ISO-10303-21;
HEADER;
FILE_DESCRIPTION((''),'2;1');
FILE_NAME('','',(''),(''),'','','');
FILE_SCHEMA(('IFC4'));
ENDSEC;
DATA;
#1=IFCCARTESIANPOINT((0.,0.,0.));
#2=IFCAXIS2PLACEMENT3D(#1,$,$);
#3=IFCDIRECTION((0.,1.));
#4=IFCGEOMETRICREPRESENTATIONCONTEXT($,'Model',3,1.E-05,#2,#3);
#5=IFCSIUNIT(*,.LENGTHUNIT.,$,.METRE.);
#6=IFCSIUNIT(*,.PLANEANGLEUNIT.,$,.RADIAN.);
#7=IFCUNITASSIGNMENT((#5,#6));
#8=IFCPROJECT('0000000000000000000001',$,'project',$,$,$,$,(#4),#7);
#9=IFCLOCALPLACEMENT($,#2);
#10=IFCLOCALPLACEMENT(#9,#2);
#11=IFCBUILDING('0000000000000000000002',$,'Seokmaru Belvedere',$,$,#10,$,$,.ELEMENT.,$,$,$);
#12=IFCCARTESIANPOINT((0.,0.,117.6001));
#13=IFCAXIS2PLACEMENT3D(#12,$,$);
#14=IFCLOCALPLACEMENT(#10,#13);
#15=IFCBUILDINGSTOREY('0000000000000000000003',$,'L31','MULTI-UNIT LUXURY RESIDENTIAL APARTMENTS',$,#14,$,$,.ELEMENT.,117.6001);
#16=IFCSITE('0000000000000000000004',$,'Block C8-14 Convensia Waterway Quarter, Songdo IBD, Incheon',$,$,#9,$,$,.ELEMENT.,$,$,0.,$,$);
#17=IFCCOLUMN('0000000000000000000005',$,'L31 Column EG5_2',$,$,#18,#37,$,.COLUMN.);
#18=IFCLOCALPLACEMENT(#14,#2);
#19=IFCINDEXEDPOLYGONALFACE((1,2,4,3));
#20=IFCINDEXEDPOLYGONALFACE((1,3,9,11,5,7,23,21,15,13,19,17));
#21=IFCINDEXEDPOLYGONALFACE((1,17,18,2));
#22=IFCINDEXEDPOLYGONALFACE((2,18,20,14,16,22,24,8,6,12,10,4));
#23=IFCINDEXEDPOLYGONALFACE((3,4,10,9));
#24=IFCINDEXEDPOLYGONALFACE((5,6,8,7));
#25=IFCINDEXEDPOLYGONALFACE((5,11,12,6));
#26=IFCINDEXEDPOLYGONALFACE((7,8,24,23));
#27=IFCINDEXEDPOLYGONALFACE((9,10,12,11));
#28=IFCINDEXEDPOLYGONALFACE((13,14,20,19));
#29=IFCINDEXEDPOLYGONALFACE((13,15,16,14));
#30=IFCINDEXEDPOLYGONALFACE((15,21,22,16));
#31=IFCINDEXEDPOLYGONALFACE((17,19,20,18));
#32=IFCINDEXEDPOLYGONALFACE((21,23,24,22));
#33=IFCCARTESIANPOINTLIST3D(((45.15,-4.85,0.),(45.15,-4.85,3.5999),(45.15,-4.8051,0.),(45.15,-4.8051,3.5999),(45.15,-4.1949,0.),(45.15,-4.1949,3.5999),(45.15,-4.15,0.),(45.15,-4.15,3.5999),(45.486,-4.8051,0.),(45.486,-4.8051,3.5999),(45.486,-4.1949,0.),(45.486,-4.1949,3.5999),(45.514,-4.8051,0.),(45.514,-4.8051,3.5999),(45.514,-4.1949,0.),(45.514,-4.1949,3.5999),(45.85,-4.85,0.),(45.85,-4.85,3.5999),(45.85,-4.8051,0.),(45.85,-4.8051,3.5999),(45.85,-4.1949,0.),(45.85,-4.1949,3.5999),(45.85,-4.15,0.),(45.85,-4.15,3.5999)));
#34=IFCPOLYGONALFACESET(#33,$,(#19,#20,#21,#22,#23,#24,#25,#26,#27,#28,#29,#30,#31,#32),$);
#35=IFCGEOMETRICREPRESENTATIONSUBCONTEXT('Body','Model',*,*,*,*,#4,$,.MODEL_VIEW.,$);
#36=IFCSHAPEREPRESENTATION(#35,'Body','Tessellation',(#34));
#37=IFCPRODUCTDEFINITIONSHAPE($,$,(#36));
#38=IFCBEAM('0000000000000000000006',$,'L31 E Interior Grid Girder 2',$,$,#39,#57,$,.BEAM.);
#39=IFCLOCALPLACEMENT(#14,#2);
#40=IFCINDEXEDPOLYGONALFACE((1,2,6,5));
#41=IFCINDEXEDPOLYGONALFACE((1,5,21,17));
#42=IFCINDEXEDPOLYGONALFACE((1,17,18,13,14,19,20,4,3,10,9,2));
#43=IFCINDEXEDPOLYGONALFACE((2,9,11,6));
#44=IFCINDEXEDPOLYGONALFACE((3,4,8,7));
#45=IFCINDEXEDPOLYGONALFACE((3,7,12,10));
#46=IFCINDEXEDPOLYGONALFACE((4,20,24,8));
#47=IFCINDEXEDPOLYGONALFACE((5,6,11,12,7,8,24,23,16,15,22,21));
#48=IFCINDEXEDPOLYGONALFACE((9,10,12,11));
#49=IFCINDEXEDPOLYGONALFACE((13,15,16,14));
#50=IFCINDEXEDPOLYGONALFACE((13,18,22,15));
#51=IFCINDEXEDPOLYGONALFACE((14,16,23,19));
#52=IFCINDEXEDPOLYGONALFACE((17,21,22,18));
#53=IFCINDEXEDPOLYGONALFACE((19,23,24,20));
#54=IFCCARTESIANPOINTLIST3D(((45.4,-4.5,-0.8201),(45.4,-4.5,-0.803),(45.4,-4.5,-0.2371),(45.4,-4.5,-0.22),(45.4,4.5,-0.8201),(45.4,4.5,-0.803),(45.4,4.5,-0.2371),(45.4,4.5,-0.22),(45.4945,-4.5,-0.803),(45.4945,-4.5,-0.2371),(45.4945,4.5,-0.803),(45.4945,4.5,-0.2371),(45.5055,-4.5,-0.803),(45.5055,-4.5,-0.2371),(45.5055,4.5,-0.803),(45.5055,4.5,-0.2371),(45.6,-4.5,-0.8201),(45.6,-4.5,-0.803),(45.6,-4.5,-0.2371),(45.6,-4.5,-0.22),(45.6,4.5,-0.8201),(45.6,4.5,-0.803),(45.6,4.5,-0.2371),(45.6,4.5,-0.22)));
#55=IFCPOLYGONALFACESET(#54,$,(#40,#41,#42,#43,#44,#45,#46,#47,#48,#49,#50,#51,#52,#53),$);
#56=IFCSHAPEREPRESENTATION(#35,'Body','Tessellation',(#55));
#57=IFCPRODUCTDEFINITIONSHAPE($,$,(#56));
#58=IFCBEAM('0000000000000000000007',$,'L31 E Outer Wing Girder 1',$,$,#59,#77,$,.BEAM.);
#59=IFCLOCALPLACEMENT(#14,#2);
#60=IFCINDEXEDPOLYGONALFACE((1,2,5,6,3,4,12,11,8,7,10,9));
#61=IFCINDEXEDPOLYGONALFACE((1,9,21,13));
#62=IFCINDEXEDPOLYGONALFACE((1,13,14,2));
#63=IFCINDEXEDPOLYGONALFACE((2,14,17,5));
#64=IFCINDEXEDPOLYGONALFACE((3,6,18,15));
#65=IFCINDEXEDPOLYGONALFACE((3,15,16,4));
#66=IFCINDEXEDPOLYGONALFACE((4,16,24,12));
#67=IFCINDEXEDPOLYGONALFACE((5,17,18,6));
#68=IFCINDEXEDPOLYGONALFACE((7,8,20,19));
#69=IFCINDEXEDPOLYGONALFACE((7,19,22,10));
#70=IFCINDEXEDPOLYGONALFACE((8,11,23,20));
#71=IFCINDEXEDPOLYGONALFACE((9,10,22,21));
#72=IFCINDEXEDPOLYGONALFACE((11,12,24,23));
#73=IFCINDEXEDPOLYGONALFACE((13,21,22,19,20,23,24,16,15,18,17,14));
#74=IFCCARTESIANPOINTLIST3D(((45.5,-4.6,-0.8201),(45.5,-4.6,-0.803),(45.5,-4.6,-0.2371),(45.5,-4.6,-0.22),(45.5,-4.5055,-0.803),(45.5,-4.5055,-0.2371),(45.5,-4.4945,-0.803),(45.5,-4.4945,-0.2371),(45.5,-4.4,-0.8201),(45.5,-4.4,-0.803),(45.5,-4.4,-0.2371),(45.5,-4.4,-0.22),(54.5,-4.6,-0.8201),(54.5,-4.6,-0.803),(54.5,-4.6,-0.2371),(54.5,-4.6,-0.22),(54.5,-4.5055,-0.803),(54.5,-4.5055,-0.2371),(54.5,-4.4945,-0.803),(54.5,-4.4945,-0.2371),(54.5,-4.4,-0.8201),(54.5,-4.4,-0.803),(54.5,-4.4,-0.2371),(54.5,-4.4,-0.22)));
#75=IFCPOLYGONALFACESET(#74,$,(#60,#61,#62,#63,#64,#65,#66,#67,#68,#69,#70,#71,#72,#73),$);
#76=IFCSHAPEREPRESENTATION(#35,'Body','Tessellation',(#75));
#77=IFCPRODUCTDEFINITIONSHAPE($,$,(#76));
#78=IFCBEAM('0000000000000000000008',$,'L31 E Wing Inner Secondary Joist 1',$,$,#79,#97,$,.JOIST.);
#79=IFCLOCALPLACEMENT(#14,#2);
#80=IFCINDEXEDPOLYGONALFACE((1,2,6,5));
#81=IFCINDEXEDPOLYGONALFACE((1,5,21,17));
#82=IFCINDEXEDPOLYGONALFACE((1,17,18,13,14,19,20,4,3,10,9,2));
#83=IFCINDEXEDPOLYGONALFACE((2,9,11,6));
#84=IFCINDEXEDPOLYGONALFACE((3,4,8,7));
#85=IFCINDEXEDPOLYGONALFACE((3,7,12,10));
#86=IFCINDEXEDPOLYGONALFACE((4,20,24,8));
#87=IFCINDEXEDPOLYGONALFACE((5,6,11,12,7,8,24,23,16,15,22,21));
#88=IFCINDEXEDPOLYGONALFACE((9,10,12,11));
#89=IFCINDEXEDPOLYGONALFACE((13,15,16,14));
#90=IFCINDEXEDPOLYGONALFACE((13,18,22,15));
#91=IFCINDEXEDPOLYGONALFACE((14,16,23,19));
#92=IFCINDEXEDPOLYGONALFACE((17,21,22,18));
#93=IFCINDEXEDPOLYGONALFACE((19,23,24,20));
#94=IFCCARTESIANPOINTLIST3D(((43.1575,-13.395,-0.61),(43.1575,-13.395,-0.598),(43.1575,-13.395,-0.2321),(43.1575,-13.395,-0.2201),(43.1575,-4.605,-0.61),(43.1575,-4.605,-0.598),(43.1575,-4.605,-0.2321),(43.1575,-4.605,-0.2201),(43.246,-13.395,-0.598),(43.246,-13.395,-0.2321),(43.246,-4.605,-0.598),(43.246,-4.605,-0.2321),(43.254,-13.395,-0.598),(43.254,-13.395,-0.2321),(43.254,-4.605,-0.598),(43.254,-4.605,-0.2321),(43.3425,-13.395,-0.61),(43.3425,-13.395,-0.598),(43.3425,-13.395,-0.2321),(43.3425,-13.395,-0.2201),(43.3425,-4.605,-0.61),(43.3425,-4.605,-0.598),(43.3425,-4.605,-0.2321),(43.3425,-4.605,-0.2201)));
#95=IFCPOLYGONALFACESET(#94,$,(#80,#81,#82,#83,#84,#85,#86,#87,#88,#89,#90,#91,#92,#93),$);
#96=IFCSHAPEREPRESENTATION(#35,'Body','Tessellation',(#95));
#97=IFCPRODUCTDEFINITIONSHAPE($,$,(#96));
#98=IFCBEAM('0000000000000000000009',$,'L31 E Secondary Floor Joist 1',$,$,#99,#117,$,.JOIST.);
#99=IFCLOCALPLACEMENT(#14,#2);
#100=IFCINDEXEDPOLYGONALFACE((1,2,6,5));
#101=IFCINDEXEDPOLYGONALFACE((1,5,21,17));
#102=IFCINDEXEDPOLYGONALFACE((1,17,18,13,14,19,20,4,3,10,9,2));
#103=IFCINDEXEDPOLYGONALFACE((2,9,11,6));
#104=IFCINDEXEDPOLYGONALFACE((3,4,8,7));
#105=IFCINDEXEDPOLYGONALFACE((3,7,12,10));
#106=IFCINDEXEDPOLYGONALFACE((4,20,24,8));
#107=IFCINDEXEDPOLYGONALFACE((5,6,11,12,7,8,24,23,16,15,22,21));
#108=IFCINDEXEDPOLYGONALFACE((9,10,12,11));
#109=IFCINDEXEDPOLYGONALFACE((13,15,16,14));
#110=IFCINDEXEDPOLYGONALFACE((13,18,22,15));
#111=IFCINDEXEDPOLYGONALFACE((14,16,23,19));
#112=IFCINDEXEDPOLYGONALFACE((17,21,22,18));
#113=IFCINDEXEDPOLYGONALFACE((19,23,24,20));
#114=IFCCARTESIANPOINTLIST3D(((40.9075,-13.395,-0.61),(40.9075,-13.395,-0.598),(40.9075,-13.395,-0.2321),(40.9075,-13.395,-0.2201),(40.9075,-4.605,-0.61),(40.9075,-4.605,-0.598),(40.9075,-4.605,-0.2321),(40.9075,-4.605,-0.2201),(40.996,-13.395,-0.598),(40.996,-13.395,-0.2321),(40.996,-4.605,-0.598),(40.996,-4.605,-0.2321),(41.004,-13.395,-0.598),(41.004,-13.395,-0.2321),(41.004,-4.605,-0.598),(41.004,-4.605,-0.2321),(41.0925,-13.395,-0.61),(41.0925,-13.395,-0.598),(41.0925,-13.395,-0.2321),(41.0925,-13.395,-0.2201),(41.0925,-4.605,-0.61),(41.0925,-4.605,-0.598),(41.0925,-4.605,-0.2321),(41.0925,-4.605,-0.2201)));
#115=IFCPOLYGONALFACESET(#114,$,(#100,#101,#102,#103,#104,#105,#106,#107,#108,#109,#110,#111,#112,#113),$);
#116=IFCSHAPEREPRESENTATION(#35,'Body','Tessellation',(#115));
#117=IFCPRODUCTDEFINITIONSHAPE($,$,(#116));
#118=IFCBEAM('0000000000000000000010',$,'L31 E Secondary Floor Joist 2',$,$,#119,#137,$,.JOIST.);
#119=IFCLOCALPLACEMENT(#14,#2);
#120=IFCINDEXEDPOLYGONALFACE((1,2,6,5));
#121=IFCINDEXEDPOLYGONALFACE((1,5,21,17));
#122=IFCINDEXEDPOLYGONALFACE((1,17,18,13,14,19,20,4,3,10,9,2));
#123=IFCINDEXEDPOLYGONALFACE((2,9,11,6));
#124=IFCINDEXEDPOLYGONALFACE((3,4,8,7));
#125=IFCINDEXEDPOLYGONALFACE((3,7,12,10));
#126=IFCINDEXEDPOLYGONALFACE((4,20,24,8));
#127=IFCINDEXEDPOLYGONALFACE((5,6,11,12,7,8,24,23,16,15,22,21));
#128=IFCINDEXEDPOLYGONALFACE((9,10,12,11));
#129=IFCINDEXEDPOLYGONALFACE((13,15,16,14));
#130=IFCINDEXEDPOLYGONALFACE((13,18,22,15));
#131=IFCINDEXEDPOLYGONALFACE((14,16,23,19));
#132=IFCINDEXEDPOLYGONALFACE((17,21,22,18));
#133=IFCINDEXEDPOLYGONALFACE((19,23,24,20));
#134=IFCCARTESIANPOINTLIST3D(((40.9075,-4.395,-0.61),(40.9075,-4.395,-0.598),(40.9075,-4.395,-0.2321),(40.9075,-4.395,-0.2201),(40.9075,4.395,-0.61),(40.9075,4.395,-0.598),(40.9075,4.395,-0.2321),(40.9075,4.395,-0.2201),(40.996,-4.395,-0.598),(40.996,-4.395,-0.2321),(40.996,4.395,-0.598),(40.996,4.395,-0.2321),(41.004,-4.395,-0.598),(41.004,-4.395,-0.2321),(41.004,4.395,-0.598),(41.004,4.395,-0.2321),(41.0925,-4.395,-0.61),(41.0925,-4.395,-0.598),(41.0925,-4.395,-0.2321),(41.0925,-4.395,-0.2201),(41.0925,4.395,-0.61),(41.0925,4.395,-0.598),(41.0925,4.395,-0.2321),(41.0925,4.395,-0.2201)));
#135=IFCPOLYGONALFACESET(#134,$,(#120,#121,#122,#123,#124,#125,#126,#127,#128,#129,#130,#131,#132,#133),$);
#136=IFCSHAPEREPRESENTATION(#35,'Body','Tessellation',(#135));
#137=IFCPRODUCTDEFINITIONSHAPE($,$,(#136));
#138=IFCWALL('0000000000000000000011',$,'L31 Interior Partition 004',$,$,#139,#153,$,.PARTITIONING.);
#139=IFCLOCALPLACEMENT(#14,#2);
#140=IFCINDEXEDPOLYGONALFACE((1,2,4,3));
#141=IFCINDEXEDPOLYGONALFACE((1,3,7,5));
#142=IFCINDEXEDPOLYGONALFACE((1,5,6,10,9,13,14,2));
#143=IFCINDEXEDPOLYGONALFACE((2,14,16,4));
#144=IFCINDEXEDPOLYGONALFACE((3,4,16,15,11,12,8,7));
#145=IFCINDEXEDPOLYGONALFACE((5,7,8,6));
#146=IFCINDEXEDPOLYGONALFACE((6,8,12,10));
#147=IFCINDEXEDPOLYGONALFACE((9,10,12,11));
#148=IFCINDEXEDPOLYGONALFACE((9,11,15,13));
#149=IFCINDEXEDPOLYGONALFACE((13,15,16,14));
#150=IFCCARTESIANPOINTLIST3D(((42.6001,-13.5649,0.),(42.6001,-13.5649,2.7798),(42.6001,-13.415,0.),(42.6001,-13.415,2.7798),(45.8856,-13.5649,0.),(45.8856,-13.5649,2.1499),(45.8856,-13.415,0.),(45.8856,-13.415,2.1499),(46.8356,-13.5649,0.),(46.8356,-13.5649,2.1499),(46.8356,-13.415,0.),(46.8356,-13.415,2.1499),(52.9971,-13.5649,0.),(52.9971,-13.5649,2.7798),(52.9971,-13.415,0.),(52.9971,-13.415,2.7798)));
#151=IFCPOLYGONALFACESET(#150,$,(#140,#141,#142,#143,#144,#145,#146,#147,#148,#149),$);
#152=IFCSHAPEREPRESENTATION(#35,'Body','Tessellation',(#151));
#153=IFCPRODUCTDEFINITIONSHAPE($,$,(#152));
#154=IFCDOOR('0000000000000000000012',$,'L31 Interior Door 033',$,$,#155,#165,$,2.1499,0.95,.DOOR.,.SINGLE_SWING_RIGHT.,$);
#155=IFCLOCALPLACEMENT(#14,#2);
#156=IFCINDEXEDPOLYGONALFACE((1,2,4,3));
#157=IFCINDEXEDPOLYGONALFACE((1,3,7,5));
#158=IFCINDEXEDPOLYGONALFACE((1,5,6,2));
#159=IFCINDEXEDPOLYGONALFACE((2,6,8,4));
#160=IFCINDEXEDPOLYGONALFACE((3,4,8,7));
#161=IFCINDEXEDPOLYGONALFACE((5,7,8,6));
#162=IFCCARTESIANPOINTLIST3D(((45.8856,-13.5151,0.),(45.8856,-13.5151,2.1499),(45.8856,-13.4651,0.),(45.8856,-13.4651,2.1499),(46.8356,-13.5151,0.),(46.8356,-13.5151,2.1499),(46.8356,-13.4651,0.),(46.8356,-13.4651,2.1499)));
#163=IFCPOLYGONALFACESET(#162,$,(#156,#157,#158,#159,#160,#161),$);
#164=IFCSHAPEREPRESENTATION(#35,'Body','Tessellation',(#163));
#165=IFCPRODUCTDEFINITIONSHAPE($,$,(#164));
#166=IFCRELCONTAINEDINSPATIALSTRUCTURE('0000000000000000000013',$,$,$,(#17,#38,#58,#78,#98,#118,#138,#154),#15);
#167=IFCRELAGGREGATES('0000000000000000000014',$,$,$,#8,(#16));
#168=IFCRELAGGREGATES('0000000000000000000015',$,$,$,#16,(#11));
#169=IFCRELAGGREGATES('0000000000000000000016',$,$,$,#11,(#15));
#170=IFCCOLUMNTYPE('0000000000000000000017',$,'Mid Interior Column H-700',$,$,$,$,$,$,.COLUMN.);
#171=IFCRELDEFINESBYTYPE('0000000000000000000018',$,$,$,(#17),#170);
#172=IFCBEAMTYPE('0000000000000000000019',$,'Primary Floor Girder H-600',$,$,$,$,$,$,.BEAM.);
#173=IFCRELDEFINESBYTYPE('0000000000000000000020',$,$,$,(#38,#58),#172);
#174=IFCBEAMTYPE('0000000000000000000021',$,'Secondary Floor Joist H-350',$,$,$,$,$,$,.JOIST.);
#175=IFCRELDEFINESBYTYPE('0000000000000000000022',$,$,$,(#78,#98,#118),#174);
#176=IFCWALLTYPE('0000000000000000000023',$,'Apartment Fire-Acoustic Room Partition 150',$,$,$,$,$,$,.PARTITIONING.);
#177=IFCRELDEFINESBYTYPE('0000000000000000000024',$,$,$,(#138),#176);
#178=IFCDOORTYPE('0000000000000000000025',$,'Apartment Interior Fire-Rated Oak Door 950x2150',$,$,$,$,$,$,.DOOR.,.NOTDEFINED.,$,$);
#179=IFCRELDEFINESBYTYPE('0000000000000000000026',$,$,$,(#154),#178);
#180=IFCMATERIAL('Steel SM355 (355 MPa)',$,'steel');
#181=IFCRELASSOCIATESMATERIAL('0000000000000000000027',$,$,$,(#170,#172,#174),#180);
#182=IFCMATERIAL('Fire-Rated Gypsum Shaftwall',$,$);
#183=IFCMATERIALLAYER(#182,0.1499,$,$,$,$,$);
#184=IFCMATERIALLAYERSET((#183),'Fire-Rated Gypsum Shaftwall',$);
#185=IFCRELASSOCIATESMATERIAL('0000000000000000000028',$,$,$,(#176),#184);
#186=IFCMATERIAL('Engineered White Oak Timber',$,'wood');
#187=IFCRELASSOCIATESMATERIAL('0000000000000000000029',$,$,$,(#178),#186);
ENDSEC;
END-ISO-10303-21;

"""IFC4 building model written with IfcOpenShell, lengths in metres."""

from ifc_helpers import new_model, si_unit, direction, frame, frame_2d, origin, origin_2d, place, context, subcontext, project, spatial, rectangle, i_section, extrude, source, transform, mapped, material, layer, layer_set, material_profile, profile_set, type_object, type_shapes, element, fill, save


model = new_model("IFC4")

# Units and contexts
model_context = context("Model", 3, precision=1e-05, world=origin(), true_north=direction((0.0, 1.0)))
body_context = subcontext(model_context, "Body", "Model", "MODEL_VIEW")
ifc_project = project(units=[si_unit("LENGTHUNIT", "METRE"), si_unit("PLANEANGLEUNIT", "RADIAN")], contexts=[model_context])

# Site, building, storey
site_placement = place(None, origin())
site = spatial("IfcSite", under=ifc_project, at=site_placement, Name="Block C8-14 Convensia Waterway Quarter, Songdo IBD, Incheon", CompositionType="ELEMENT", RefElevation=0.0)
building_placement = place(site_placement, origin())
building = spatial("IfcBuilding", under=site, at=building_placement, Name="Seokmaru Belvedere", CompositionType="ELEMENT")
storey_placement = place(building_placement, frame((0.0, 0.0, 117.6001)))
storey = spatial("IfcBuildingStorey", under=building, at=storey_placement, Name="L31", Description="MULTI-UNIT LUXURY RESIDENTIAL APARTMENTS", CompositionType="ELEMENT", Elevation=117.6001)

# Column
ifc_material_1 = material(Name="Steel SM355 (355 MPa)", Category="steel")
ifc_material_profile_1 = material_profile(ifc_material_1, i_section(OverallWidth=0.7, OverallDepth=0.7, WebThickness=0.0281, FlangeThickness=0.0449, at=origin_2d()), Name="H-700x700x28x45")
ifc_profile_set_1 = profile_set([ifc_material_profile_1], Name="Steel SM355 (355 MPa)")
column_type = type_object("IfcColumnType", Name="Mid Interior Column H-700", PredefinedType="COLUMN", material=ifc_profile_set_1)
shared_shape_1 = source(origin(), body_context, "Body", "SweptSolid", [
    extrude(i_section(OverallWidth=0.7, OverallDepth=0.7, WebThickness=0.0281, FlangeThickness=0.0449, at=origin_2d()), origin(), (0.0, 0.0, 1.0), 3.5999),
])
type_shapes(column_type, [shared_shape_1])
column_placement = place(storey_placement, frame((45.5, -4.5, 0.0), z_axis=(0.0, 0.0, 1.0), x_axis=(1.0, 0.0, 0.0)))
element("IfcColumn", 1, at=column_placement, inside=storey, type_object=column_type, Name="L31 Column EG5_2", PredefinedType="COLUMN", context=body_context, shape_type="MappedRepresentation", body=[
    mapped(shared_shape_1, transform((0.0, 0.0, 0.0), scale=1.0)),
])

# Beams
ifc_material_profile_2 = material_profile(ifc_material_1, i_section(OverallWidth=0.2, OverallDepth=0.6001, WebThickness=0.011, FlangeThickness=0.0171, at=origin_2d()), Name="H-600x200x11x17")
ifc_profile_set_2 = profile_set([ifc_material_profile_2], Name="Steel SM355 (355 MPa)")
beam_type_1 = type_object("IfcBeamType", Name="Primary Floor Girder H-600", PredefinedType="BEAM", material=ifc_profile_set_2)
shared_shape_2 = source(origin(), body_context, "Body", "SweptSolid", [
    extrude(i_section(OverallWidth=0.2, OverallDepth=0.6001, WebThickness=0.011, FlangeThickness=0.0171, at=origin_2d()), origin(), (0.0, 0.0, 1.0), 9.0),
])
type_shapes(beam_type_1, [shared_shape_2])
for number, where, z_axis, x_axis, name in (
    (2, (45.5, -4.5, -0.52), (0.0, 1.0, 0.0), (-1.0, 0.0, 0.0), "L31 E Interior Grid Girder 2"),
    (3, (45.5, -4.5, -0.52), (1.0, 0.0, 0.0), (0.0, 1.0, 0.0), "L31 E Outer Wing Girder 1"),
):
    element("IfcBeam", number, at=place(storey_placement, frame(where, z_axis=z_axis, x_axis=x_axis)), inside=storey, type_object=beam_type_1, Name=name, PredefinedType="BEAM", context=body_context, shape_type="MappedRepresentation", body=[
        mapped(shared_shape_2, transform((0.0, 0.0, 0.0), scale=1.0)),
    ])
ifc_material_profile_3 = material_profile(ifc_material_1, i_section(OverallWidth=0.1851, OverallDepth=0.3899, WebThickness=0.0081, FlangeThickness=0.012, at=origin_2d()), Name="H-390x185x8x12")
ifc_profile_set_3 = profile_set([ifc_material_profile_3], Name="Steel SM355 (355 MPa)")
beam_type_2 = type_object("IfcBeamType", Name="Secondary Floor Joist H-350", PredefinedType="JOIST", material=ifc_profile_set_3)
shared_shape_3 = source(origin(), body_context, "Body", "SweptSolid", [
    extrude(i_section(OverallWidth=0.1851, OverallDepth=0.3899, WebThickness=0.0081, FlangeThickness=0.012, at=origin_2d()), origin(), (0.0, 0.0, 1.0), 8.79),
])
type_shapes(beam_type_2, [shared_shape_3])
for number, where, z_axis, x_axis, name in (
    (4, (43.25, -13.395, -0.415), (0.0, 1.0, 0.0), (-1.0, 0.0, 0.0), "L31 E Wing Inner Secondary Joist 1"),
    (5, (41.0, -13.395, -0.415), (0.0, 1.0, 0.0), (-1.0, 0.0, 0.0), "L31 E Secondary Floor Joist 1"),
    (6, (41.0, -4.395, -0.415), (0.0, 1.0, 0.0), (-1.0, 0.0, 0.0), "L31 E Secondary Floor Joist 2"),
):
    element("IfcBeam", number, at=place(storey_placement, frame(where, z_axis=z_axis, x_axis=x_axis)), inside=storey, type_object=beam_type_2, Name=name, PredefinedType="JOIST", context=body_context, shape_type="MappedRepresentation", body=[
        mapped(shared_shape_3, transform((0.0, 0.0, 0.0), scale=1.0)),
    ])

# Wall, opening, door
ifc_material_2 = material(Name="Fire-Rated Gypsum Shaftwall")
ifc_layer_1 = layer(ifc_material_2, 0.1499)
ifc_layer_set_1 = layer_set([ifc_layer_1], Name="Fire-Rated Gypsum Shaftwall")
wall_type_1 = type_object("IfcWallType", Name="Apartment Fire-Acoustic Room Partition 150", PredefinedType="PARTITIONING", material=ifc_layer_set_1)
wall_1_placement = place(storey_placement, frame((42.6001, -13.49, 0.0), z_axis=(0.0, 0.0, 1.0), x_axis=(1.0, 0.0, 0.0)))
wall_1 = element("IfcWall", 7, at=wall_1_placement, inside=storey, type_object=wall_type_1, Name="L31 Interior Partition 004", PredefinedType="PARTITIONING", context=body_context, shape_type="SweptSolid", body=[
    extrude(rectangle(XDim=10.397, YDim=0.1499, at=frame_2d((5.1985, 0.0))), origin(), (0.0, 0.0, 1.0), 2.7798),
])
opening_1_placement = place(wall_1_placement, frame((3.2854, 0.0, 0.0)))
opening_1 = element("IfcOpeningElement", 8, at=opening_1_placement, cuts=wall_1, PredefinedType="OPENING", context=body_context, shape_type="SweptSolid", body=[
    extrude(rectangle(XDim=0.95, YDim=2.1499, at=frame_2d((0.4751, 1.075))), frame((0.0, 0.085, 0.0), z_axis=(0.0, -1.0, 0.0), x_axis=(1.0, 0.0, 0.0)), (0.0, 0.0, 1.0), 0.1699),
])
ifc_material_3 = material(Name="Engineered White Oak Timber", Category="wood")
door_type_1 = type_object("IfcDoorType", Name="Apartment Interior Fire-Rated Oak Door 950x2150", OperationType="NOTDEFINED", PredefinedType="DOOR", material=ifc_material_3)
shared_shape_4 = source(origin(), body_context, "Body", "SweptSolid", [
    extrude(rectangle(XDim=0.95, YDim=2.1499, at=frame_2d((0.4751, 1.075))), frame((0.0, 0.0249, 0.0), z_axis=(0.0, -1.0, 0.0), x_axis=(1.0, 0.0, 0.0)), (0.0, 0.0, 1.0), 0.05),
])
type_shapes(door_type_1, [shared_shape_4])
door_1_placement = place(opening_1_placement, origin())
door_1 = element("IfcDoor", 9, at=door_1_placement, inside=storey, type_object=door_type_1, Name="L31 Interior Door 033", OperationType="SINGLE_SWING_RIGHT", OverallHeight=2.1499, OverallWidth=0.95, PredefinedType="DOOR", context=body_context, shape_type="MappedRepresentation", body=[
    mapped(shared_shape_4, transform((0.0, 0.0, 0.0), scale=1.0)),
])
fill(opening_1, door_1)

save(model, "model.ifc")
